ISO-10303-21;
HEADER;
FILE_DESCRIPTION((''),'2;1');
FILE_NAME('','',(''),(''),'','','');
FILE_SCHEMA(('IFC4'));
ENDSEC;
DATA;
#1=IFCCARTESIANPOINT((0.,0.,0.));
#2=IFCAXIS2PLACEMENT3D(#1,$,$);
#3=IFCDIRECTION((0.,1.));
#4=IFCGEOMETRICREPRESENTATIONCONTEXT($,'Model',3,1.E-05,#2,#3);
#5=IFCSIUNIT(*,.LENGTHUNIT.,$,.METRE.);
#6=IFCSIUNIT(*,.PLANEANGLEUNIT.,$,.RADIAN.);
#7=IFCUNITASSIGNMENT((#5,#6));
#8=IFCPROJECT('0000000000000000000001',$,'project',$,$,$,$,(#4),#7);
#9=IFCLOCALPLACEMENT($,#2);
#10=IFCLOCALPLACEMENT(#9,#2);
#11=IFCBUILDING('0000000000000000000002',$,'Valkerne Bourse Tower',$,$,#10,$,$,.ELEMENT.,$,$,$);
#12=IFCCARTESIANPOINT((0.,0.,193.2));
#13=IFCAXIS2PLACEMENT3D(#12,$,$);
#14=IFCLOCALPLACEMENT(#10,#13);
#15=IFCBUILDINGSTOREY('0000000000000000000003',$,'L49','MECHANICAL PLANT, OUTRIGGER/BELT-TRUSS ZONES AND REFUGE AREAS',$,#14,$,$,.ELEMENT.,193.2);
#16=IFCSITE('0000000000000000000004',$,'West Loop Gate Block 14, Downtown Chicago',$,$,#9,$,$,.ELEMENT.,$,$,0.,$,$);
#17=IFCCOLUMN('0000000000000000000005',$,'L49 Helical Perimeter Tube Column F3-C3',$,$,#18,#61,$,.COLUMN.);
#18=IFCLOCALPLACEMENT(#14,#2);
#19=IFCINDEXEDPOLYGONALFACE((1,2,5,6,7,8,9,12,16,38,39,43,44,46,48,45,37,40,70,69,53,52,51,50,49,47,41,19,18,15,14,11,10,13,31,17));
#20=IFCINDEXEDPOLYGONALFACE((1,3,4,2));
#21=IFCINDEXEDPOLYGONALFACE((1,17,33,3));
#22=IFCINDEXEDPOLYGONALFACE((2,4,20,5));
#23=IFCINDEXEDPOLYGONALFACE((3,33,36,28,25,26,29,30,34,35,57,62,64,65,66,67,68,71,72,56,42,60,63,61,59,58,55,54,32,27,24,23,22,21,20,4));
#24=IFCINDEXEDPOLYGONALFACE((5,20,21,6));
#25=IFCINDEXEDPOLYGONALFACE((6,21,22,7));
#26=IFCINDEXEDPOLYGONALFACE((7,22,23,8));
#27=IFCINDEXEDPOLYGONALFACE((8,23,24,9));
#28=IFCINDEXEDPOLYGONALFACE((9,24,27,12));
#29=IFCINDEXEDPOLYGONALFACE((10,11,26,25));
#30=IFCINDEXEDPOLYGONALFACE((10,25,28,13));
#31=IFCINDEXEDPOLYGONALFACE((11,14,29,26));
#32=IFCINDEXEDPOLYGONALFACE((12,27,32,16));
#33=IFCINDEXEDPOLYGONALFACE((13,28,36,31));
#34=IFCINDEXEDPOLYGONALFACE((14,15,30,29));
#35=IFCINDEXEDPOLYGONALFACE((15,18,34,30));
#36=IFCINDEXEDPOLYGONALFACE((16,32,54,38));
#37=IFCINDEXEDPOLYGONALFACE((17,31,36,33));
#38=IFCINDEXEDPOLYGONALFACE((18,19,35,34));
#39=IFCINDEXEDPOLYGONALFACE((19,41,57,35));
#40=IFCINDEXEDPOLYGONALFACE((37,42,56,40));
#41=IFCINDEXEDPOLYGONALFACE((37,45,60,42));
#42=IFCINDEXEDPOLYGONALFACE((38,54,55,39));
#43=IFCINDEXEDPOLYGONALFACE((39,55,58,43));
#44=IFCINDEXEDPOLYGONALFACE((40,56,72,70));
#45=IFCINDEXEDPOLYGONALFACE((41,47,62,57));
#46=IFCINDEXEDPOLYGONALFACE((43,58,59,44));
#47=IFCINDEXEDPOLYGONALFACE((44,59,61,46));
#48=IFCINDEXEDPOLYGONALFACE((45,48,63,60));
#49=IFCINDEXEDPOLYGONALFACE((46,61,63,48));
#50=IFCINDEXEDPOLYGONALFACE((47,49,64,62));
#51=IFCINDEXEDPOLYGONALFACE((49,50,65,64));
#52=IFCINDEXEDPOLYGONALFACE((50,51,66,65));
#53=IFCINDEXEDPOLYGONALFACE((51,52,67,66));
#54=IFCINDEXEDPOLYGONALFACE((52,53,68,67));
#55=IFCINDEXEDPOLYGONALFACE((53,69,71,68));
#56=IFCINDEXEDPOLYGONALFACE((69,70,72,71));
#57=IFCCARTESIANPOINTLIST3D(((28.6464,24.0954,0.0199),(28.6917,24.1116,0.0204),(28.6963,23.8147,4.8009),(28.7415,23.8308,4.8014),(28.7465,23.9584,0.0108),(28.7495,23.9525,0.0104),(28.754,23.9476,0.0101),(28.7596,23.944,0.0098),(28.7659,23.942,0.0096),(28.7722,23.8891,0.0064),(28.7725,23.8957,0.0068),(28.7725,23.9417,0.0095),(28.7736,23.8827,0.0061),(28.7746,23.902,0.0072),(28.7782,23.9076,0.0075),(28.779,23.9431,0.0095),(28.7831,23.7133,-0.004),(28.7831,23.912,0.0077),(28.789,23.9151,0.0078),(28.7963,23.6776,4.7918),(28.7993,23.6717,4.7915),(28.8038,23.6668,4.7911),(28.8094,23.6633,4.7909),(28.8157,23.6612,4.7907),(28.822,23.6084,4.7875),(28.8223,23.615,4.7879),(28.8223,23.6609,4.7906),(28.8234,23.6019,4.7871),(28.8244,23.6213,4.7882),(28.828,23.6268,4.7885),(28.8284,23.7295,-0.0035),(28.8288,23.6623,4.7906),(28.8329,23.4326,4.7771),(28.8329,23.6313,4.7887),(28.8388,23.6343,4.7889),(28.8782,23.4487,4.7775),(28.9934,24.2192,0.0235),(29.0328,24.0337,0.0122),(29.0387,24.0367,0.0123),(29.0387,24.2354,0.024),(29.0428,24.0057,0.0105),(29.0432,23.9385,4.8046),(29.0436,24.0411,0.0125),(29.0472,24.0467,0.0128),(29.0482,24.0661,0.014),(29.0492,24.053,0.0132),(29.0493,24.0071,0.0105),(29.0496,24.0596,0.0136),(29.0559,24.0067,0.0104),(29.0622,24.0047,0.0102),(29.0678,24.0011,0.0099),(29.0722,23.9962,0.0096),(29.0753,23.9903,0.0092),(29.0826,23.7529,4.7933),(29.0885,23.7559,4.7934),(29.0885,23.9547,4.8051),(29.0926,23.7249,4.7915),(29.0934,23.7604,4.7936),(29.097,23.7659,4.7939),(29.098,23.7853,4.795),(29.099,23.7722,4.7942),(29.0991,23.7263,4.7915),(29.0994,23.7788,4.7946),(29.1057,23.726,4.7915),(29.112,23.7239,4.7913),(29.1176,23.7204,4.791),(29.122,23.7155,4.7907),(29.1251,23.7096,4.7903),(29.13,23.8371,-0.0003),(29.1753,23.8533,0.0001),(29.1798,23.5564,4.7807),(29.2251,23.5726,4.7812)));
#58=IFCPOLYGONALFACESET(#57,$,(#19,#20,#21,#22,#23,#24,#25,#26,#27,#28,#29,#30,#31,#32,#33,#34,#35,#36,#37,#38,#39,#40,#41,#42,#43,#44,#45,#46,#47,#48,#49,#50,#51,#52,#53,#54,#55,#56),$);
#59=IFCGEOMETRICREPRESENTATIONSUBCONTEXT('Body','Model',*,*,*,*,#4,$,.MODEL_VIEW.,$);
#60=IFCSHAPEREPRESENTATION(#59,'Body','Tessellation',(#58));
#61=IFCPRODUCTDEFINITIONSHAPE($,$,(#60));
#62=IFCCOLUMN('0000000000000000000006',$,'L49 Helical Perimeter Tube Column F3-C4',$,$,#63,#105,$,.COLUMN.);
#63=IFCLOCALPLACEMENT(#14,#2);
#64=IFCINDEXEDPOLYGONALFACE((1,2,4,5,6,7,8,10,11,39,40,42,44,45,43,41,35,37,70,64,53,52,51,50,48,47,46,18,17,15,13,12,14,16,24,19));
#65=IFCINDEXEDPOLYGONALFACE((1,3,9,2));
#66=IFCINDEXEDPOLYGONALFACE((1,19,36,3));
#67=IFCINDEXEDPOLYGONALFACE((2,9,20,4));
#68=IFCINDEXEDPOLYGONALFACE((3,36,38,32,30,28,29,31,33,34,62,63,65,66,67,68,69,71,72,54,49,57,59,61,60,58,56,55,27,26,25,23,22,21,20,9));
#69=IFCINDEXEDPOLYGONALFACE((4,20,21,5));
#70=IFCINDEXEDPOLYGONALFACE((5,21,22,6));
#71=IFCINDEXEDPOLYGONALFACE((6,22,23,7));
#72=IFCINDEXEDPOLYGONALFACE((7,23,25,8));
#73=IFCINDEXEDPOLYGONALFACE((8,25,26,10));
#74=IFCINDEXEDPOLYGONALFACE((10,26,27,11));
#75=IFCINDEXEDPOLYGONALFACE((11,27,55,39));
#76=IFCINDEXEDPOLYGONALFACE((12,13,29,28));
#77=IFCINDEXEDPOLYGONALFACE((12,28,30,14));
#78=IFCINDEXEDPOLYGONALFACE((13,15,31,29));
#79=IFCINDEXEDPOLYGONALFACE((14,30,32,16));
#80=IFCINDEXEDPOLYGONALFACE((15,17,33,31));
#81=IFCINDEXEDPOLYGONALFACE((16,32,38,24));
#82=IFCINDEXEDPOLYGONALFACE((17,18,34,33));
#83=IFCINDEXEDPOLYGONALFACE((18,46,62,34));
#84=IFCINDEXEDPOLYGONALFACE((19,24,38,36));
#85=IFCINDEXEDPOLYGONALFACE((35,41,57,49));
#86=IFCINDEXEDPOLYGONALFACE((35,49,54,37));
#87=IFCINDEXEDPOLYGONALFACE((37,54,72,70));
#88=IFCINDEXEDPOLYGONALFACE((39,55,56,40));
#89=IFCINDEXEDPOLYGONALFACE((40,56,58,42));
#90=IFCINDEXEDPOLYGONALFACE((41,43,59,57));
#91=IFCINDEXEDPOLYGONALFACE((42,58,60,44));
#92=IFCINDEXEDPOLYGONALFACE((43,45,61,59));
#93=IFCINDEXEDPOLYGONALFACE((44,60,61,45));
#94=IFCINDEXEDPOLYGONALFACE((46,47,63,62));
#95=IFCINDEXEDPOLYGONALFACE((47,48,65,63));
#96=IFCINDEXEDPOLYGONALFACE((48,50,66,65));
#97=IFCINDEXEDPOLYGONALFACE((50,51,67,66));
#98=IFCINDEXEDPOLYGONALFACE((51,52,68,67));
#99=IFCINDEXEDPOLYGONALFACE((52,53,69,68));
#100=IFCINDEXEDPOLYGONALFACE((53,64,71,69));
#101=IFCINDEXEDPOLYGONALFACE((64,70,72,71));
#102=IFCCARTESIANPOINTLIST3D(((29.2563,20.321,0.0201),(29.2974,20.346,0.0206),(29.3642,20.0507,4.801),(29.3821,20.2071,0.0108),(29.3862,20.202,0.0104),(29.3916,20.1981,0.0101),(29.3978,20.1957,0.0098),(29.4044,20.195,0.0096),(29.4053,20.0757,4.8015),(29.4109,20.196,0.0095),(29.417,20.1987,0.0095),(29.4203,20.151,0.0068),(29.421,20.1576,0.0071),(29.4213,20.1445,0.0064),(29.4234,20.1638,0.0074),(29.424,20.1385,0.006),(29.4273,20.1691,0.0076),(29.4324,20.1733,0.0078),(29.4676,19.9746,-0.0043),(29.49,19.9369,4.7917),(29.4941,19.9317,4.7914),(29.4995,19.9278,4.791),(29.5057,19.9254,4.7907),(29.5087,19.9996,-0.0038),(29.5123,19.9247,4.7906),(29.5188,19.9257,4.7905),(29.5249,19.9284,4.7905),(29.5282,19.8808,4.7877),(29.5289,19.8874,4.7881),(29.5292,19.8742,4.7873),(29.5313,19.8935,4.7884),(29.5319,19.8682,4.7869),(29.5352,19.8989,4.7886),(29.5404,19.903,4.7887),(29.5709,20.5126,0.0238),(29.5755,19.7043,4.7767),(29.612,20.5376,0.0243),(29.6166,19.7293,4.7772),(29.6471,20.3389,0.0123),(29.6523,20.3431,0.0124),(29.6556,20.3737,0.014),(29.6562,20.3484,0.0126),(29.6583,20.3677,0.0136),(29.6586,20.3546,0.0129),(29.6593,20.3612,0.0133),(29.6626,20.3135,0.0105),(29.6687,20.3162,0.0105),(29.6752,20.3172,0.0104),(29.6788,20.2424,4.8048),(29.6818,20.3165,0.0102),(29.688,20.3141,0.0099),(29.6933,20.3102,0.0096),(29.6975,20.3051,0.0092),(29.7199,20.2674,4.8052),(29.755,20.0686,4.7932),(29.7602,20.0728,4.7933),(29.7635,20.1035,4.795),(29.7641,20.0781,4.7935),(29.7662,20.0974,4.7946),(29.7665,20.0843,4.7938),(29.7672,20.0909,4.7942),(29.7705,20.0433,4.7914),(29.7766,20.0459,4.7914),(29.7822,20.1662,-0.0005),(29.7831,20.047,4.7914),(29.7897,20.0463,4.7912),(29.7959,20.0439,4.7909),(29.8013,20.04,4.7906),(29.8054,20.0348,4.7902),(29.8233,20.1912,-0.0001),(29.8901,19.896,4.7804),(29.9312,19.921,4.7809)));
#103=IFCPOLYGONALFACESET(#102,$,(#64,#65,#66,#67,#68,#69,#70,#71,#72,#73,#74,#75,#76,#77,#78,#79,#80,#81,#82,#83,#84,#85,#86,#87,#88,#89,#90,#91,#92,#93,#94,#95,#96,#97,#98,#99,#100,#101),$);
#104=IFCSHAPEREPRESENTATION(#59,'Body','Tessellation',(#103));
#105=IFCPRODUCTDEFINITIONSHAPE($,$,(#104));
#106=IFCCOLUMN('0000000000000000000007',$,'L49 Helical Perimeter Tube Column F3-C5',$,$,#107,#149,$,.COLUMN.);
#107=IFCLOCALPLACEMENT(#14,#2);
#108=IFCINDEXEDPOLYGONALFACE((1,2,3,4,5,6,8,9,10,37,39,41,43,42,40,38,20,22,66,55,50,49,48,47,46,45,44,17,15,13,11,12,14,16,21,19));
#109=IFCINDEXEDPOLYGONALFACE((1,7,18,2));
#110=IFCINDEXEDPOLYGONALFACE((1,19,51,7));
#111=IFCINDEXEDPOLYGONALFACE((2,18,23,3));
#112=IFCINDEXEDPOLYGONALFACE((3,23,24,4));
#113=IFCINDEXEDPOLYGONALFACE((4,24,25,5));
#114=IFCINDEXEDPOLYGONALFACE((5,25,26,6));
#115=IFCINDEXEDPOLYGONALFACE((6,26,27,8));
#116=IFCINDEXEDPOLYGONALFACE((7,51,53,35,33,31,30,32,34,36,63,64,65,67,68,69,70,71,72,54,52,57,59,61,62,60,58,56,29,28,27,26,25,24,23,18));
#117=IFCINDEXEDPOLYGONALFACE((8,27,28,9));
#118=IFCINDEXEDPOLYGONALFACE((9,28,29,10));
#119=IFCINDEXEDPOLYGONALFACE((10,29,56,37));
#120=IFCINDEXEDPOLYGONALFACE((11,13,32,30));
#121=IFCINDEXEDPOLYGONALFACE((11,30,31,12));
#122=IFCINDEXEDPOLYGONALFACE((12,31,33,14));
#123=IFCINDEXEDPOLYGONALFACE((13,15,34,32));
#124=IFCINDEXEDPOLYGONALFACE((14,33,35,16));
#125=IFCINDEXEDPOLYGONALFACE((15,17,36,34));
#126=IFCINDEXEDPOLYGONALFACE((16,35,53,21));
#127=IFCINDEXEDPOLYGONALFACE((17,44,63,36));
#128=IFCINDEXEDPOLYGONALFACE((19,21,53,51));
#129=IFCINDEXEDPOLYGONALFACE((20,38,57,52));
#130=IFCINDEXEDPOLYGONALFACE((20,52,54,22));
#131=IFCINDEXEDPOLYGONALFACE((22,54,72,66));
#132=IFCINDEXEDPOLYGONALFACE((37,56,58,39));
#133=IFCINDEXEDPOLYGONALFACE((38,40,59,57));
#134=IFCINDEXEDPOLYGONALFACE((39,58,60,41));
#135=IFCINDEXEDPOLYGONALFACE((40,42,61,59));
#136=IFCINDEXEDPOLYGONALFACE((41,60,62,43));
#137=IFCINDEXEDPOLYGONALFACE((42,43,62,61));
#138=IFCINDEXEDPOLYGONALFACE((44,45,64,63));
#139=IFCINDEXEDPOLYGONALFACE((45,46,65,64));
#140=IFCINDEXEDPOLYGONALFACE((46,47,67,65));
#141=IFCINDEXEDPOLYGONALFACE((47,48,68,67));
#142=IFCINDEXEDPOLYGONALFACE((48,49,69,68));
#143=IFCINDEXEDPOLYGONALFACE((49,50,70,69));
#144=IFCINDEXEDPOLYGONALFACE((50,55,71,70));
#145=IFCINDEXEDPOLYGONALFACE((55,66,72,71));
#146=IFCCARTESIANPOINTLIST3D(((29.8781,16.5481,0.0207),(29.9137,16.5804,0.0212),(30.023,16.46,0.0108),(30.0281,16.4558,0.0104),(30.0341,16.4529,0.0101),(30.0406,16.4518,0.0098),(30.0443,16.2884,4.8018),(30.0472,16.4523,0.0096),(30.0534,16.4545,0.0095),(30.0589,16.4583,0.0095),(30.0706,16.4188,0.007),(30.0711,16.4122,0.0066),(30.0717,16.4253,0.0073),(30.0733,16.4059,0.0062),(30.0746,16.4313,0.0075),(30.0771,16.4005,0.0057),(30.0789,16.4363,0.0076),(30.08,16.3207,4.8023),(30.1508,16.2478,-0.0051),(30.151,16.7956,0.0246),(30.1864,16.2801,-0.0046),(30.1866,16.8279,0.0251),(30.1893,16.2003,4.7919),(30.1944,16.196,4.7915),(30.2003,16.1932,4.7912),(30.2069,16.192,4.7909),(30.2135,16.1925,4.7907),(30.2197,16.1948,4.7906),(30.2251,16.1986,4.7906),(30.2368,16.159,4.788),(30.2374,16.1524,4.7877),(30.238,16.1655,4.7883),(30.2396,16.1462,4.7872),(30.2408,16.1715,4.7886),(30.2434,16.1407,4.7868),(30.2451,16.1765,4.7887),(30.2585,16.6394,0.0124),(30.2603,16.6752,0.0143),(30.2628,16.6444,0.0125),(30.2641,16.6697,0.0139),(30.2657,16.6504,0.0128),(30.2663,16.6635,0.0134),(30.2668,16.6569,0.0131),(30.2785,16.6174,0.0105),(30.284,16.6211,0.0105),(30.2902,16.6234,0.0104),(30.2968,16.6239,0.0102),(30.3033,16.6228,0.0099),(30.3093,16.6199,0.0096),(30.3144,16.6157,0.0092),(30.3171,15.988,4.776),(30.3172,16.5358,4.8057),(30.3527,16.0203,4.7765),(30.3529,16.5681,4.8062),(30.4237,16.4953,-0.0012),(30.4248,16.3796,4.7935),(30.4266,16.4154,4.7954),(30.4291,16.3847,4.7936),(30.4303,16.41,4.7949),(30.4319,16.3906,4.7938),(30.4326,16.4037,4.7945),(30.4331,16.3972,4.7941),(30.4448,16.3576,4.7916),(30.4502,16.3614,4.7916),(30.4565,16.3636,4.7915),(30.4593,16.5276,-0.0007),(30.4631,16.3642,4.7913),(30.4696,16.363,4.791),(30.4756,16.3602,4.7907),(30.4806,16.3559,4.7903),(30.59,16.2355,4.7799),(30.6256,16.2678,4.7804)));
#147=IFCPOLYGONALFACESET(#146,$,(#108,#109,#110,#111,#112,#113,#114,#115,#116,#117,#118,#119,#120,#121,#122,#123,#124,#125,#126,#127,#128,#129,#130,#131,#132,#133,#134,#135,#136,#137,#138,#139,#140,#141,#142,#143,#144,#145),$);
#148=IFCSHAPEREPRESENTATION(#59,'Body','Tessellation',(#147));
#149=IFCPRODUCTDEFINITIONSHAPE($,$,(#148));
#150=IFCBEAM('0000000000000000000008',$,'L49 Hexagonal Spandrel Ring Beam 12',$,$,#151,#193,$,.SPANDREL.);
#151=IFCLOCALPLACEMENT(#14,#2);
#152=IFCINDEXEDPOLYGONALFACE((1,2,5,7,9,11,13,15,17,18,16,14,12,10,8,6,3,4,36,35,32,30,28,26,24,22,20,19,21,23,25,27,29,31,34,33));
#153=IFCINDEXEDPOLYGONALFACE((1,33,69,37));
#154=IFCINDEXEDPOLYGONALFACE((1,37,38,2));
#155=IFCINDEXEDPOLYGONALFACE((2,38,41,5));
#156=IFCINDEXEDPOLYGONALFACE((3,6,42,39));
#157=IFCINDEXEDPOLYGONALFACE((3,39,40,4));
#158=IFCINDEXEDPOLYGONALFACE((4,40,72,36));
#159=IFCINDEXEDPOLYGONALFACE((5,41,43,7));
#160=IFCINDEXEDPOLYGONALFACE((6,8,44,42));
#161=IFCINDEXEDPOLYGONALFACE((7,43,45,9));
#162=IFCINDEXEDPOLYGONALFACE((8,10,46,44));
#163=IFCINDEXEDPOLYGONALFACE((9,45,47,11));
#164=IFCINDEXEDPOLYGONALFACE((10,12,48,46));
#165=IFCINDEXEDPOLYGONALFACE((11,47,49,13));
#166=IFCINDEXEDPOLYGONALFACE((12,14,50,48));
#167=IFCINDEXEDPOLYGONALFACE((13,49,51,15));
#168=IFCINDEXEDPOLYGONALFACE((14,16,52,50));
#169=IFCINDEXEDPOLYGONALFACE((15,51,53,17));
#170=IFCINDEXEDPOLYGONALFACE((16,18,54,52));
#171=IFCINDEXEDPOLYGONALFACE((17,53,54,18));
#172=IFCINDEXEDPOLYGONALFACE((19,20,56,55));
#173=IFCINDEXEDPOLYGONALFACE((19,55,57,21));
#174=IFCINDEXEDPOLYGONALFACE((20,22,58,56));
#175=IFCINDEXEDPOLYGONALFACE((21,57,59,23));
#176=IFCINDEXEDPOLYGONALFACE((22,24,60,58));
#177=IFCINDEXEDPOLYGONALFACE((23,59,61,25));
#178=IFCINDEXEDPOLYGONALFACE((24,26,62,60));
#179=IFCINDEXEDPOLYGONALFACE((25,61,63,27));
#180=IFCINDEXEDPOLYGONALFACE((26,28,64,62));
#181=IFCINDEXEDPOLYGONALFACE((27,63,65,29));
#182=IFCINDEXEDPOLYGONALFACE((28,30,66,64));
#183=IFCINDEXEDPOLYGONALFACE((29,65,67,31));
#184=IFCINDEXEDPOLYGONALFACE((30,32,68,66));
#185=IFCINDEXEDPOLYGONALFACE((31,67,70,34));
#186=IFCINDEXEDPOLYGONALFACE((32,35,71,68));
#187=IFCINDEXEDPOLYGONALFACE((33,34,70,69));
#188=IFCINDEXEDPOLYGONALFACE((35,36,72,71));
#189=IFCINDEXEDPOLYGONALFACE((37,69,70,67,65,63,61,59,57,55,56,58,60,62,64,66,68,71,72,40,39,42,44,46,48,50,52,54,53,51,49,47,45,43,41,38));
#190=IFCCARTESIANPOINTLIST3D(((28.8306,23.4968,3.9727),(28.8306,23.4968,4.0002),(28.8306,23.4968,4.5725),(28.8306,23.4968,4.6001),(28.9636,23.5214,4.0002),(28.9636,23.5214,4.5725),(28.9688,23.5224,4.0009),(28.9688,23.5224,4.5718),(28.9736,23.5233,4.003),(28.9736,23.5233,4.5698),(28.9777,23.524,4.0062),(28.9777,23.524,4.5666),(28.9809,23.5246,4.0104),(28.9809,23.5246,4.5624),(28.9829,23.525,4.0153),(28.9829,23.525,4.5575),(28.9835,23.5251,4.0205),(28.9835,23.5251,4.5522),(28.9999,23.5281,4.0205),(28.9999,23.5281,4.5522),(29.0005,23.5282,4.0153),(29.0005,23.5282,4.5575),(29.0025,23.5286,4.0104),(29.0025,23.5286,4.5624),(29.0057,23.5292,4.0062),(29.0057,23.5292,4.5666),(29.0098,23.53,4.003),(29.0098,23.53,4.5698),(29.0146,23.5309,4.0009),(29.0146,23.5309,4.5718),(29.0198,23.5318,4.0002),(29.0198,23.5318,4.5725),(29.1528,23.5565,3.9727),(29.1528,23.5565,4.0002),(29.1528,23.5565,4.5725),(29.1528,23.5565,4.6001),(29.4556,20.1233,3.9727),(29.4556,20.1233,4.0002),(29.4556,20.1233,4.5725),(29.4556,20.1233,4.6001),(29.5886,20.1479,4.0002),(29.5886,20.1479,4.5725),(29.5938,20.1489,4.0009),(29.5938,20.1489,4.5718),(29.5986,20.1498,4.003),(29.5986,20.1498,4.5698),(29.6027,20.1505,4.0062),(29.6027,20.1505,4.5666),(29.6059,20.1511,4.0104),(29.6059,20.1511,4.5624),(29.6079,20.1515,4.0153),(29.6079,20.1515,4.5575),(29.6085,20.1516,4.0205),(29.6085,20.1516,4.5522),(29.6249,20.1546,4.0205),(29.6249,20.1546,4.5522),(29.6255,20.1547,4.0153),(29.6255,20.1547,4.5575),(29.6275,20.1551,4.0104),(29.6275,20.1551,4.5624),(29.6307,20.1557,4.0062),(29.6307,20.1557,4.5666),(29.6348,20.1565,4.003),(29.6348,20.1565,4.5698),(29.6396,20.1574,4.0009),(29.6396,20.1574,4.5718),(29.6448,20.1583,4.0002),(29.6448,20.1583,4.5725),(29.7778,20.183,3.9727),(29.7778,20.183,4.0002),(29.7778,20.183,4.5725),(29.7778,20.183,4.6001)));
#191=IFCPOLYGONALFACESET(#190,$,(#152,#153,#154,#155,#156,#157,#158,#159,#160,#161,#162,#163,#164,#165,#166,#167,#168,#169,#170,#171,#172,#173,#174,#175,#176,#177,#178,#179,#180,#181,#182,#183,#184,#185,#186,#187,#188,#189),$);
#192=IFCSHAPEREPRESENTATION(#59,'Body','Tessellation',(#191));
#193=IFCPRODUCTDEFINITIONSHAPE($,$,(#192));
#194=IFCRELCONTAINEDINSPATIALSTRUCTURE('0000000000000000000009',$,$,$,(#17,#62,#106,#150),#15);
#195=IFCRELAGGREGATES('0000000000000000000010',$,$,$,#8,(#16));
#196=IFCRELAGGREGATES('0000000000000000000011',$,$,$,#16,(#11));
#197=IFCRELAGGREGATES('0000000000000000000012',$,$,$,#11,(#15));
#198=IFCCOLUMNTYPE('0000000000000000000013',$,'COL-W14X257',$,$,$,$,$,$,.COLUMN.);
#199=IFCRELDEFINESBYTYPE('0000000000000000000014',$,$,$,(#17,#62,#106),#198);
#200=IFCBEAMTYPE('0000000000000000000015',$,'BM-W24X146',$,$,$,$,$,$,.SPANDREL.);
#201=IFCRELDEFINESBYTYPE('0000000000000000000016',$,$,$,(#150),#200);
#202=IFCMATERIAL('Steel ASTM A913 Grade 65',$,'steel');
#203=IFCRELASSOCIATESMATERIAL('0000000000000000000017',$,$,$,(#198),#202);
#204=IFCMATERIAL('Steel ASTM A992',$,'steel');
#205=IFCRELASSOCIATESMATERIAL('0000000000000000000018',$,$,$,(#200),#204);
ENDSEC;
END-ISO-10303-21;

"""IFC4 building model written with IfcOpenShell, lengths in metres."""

from ifc_helpers import new_model, si_unit, direction, frame, origin, origin_2d, place, context, subcontext, project, spatial, i_section, extrude, material, material_profile, profile_set, type_object, element, save


model = new_model("IFC4")

# Units and contexts
model_context = context("Model", 3, precision=1e-05, world=origin(), true_north=direction((0.0, 1.0)))
body_context = subcontext(model_context, "Body", "Model", "MODEL_VIEW")
ifc_project = project(units=[si_unit("LENGTHUNIT", "METRE"), si_unit("PLANEANGLEUNIT", "RADIAN")], contexts=[model_context])

# Site, building, storey
site_placement = place(None, origin())
site = spatial("IfcSite", under=ifc_project, at=site_placement, Name="West Loop Gate Block 14, Downtown Chicago", CompositionType="ELEMENT", RefElevation=0.0)
building_placement = place(site_placement, origin())
building = spatial("IfcBuilding", under=site, at=building_placement, Name="Valkerne Bourse Tower", CompositionType="ELEMENT")
storey_placement = place(building_placement, frame((0.0, 0.0, 193.2)))
storey = spatial("IfcBuildingStorey", under=building, at=storey_placement, Name="L49", Description="MECHANICAL PLANT, OUTRIGGER/BELT-TRUSS ZONES AND REFUGE AREAS", CompositionType="ELEMENT", Elevation=193.2)

# Columns
ifc_material_1 = material(Name="Steel ASTM A913 Grade 65", Category="steel")
ifc_material_profile_1 = material_profile(ifc_material_1, i_section(OverallWidth=0.4065, OverallDepth=0.4165, WebThickness=0.0298, FlangeThickness=0.0481, FilletRadius=0.0254, at=origin_2d()), Name="W14X257")
ifc_profile_set_1 = profile_set([ifc_material_profile_1], Name="Steel ASTM A913 Grade 65")
column_type = type_object("IfcColumnType", Name="COL-W14X257", PredefinedType="COLUMN", material=ifc_profile_set_1)
column_1_placement = place(storey_placement, frame((28.9109, 23.9744, 0.01), z_axis=(0.010399, -0.05862, 0.998226), x_axis=(0.336118, -0.939989, -0.058702)))
element("IfcColumn", 1, at=column_1_placement, inside=storey, type_object=column_type, Name="L49 Helical Perimeter Tube Column F3-C3", PredefinedType="COLUMN", context=body_context, shape_type="SweptSolid", body=[
    extrude(i_section(OverallWidth=0.4065, OverallDepth=0.4165, WebThickness=0.0298, FlangeThickness=0.0481, FilletRadius=0.0254, at=origin_2d()), origin(), (0.0, 0.0, 1.0), 4.7896),
])
column_2_placement = place(storey_placement, frame((29.5398, 20.2561, 0.01), z_axis=(0.022529, -0.056424, 0.998153), x_axis=(0.519823, -0.852171, -0.059905)))
element("IfcColumn", 2, at=column_2_placement, inside=storey, type_object=column_type, Name="L49 Helical Perimeter Tube Column F3-C4", PredefinedType="COLUMN", context=body_context, shape_type="SweptSolid", body=[
    extrude(i_section(OverallWidth=0.4065, OverallDepth=0.4165, WebThickness=0.0298, FlangeThickness=0.0481, FilletRadius=0.0254, at=origin_2d()), origin(), (0.0, 0.0, 1.0), 4.7898),
])
column_3_placement = place(storey_placement, frame((30.1687, 16.5378, 0.01), z_axis=(0.034703, -0.05422, 0.997926), x_axis=(0.670887, -0.738838, -0.063473)))
element("IfcColumn", 3, at=column_3_placement, inside=storey, type_object=column_type, Name="L49 Helical Perimeter Tube Column F3-C5", PredefinedType="COLUMN", context=body_context, shape_type="SweptSolid", body=[
    extrude(i_section(OverallWidth=0.4065, OverallDepth=0.4165, WebThickness=0.0298, FlangeThickness=0.0481, FilletRadius=0.0254, at=origin_2d()), origin(), (0.0, 0.0, 1.0), 4.791),
])

# Beam
ifc_material_2 = material(Name="Steel ASTM A992", Category="steel")
ifc_material_profile_2 = material_profile(ifc_material_2, i_section(OverallWidth=0.3276, OverallDepth=0.6274, WebThickness=0.0166, FlangeThickness=0.0276, FilletRadius=0.0203, at=origin_2d()), Name="W24X146")
ifc_profile_set_2 = profile_set([ifc_material_profile_2], Name="Steel ASTM A992")
beam_type_1 = type_object("IfcBeamType", Name="BM-W24X146", PredefinedType="SPANDREL", material=ifc_profile_set_2)
beam_1_placement = place(storey_placement, frame((28.9917, 23.5266, 4.2864), z_axis=(0.182166, -0.983268, 0.0), x_axis=(0.983268, 0.182166, 0.0)))
element("IfcBeam", 4, at=beam_1_placement, inside=storey, type_object=beam_type_1, Name="L49 Hexagonal Spandrel Ring Beam 12", PredefinedType="SPANDREL", context=body_context, shape_type="SweptSolid", body=[
    extrude(i_section(OverallWidth=0.3276, OverallDepth=0.6274, WebThickness=0.0166, FlangeThickness=0.0276, FilletRadius=0.0203, at=origin_2d()), origin(), (0.0, 0.0, 1.0), 3.4309),
])

save(model, "model.ifc")
